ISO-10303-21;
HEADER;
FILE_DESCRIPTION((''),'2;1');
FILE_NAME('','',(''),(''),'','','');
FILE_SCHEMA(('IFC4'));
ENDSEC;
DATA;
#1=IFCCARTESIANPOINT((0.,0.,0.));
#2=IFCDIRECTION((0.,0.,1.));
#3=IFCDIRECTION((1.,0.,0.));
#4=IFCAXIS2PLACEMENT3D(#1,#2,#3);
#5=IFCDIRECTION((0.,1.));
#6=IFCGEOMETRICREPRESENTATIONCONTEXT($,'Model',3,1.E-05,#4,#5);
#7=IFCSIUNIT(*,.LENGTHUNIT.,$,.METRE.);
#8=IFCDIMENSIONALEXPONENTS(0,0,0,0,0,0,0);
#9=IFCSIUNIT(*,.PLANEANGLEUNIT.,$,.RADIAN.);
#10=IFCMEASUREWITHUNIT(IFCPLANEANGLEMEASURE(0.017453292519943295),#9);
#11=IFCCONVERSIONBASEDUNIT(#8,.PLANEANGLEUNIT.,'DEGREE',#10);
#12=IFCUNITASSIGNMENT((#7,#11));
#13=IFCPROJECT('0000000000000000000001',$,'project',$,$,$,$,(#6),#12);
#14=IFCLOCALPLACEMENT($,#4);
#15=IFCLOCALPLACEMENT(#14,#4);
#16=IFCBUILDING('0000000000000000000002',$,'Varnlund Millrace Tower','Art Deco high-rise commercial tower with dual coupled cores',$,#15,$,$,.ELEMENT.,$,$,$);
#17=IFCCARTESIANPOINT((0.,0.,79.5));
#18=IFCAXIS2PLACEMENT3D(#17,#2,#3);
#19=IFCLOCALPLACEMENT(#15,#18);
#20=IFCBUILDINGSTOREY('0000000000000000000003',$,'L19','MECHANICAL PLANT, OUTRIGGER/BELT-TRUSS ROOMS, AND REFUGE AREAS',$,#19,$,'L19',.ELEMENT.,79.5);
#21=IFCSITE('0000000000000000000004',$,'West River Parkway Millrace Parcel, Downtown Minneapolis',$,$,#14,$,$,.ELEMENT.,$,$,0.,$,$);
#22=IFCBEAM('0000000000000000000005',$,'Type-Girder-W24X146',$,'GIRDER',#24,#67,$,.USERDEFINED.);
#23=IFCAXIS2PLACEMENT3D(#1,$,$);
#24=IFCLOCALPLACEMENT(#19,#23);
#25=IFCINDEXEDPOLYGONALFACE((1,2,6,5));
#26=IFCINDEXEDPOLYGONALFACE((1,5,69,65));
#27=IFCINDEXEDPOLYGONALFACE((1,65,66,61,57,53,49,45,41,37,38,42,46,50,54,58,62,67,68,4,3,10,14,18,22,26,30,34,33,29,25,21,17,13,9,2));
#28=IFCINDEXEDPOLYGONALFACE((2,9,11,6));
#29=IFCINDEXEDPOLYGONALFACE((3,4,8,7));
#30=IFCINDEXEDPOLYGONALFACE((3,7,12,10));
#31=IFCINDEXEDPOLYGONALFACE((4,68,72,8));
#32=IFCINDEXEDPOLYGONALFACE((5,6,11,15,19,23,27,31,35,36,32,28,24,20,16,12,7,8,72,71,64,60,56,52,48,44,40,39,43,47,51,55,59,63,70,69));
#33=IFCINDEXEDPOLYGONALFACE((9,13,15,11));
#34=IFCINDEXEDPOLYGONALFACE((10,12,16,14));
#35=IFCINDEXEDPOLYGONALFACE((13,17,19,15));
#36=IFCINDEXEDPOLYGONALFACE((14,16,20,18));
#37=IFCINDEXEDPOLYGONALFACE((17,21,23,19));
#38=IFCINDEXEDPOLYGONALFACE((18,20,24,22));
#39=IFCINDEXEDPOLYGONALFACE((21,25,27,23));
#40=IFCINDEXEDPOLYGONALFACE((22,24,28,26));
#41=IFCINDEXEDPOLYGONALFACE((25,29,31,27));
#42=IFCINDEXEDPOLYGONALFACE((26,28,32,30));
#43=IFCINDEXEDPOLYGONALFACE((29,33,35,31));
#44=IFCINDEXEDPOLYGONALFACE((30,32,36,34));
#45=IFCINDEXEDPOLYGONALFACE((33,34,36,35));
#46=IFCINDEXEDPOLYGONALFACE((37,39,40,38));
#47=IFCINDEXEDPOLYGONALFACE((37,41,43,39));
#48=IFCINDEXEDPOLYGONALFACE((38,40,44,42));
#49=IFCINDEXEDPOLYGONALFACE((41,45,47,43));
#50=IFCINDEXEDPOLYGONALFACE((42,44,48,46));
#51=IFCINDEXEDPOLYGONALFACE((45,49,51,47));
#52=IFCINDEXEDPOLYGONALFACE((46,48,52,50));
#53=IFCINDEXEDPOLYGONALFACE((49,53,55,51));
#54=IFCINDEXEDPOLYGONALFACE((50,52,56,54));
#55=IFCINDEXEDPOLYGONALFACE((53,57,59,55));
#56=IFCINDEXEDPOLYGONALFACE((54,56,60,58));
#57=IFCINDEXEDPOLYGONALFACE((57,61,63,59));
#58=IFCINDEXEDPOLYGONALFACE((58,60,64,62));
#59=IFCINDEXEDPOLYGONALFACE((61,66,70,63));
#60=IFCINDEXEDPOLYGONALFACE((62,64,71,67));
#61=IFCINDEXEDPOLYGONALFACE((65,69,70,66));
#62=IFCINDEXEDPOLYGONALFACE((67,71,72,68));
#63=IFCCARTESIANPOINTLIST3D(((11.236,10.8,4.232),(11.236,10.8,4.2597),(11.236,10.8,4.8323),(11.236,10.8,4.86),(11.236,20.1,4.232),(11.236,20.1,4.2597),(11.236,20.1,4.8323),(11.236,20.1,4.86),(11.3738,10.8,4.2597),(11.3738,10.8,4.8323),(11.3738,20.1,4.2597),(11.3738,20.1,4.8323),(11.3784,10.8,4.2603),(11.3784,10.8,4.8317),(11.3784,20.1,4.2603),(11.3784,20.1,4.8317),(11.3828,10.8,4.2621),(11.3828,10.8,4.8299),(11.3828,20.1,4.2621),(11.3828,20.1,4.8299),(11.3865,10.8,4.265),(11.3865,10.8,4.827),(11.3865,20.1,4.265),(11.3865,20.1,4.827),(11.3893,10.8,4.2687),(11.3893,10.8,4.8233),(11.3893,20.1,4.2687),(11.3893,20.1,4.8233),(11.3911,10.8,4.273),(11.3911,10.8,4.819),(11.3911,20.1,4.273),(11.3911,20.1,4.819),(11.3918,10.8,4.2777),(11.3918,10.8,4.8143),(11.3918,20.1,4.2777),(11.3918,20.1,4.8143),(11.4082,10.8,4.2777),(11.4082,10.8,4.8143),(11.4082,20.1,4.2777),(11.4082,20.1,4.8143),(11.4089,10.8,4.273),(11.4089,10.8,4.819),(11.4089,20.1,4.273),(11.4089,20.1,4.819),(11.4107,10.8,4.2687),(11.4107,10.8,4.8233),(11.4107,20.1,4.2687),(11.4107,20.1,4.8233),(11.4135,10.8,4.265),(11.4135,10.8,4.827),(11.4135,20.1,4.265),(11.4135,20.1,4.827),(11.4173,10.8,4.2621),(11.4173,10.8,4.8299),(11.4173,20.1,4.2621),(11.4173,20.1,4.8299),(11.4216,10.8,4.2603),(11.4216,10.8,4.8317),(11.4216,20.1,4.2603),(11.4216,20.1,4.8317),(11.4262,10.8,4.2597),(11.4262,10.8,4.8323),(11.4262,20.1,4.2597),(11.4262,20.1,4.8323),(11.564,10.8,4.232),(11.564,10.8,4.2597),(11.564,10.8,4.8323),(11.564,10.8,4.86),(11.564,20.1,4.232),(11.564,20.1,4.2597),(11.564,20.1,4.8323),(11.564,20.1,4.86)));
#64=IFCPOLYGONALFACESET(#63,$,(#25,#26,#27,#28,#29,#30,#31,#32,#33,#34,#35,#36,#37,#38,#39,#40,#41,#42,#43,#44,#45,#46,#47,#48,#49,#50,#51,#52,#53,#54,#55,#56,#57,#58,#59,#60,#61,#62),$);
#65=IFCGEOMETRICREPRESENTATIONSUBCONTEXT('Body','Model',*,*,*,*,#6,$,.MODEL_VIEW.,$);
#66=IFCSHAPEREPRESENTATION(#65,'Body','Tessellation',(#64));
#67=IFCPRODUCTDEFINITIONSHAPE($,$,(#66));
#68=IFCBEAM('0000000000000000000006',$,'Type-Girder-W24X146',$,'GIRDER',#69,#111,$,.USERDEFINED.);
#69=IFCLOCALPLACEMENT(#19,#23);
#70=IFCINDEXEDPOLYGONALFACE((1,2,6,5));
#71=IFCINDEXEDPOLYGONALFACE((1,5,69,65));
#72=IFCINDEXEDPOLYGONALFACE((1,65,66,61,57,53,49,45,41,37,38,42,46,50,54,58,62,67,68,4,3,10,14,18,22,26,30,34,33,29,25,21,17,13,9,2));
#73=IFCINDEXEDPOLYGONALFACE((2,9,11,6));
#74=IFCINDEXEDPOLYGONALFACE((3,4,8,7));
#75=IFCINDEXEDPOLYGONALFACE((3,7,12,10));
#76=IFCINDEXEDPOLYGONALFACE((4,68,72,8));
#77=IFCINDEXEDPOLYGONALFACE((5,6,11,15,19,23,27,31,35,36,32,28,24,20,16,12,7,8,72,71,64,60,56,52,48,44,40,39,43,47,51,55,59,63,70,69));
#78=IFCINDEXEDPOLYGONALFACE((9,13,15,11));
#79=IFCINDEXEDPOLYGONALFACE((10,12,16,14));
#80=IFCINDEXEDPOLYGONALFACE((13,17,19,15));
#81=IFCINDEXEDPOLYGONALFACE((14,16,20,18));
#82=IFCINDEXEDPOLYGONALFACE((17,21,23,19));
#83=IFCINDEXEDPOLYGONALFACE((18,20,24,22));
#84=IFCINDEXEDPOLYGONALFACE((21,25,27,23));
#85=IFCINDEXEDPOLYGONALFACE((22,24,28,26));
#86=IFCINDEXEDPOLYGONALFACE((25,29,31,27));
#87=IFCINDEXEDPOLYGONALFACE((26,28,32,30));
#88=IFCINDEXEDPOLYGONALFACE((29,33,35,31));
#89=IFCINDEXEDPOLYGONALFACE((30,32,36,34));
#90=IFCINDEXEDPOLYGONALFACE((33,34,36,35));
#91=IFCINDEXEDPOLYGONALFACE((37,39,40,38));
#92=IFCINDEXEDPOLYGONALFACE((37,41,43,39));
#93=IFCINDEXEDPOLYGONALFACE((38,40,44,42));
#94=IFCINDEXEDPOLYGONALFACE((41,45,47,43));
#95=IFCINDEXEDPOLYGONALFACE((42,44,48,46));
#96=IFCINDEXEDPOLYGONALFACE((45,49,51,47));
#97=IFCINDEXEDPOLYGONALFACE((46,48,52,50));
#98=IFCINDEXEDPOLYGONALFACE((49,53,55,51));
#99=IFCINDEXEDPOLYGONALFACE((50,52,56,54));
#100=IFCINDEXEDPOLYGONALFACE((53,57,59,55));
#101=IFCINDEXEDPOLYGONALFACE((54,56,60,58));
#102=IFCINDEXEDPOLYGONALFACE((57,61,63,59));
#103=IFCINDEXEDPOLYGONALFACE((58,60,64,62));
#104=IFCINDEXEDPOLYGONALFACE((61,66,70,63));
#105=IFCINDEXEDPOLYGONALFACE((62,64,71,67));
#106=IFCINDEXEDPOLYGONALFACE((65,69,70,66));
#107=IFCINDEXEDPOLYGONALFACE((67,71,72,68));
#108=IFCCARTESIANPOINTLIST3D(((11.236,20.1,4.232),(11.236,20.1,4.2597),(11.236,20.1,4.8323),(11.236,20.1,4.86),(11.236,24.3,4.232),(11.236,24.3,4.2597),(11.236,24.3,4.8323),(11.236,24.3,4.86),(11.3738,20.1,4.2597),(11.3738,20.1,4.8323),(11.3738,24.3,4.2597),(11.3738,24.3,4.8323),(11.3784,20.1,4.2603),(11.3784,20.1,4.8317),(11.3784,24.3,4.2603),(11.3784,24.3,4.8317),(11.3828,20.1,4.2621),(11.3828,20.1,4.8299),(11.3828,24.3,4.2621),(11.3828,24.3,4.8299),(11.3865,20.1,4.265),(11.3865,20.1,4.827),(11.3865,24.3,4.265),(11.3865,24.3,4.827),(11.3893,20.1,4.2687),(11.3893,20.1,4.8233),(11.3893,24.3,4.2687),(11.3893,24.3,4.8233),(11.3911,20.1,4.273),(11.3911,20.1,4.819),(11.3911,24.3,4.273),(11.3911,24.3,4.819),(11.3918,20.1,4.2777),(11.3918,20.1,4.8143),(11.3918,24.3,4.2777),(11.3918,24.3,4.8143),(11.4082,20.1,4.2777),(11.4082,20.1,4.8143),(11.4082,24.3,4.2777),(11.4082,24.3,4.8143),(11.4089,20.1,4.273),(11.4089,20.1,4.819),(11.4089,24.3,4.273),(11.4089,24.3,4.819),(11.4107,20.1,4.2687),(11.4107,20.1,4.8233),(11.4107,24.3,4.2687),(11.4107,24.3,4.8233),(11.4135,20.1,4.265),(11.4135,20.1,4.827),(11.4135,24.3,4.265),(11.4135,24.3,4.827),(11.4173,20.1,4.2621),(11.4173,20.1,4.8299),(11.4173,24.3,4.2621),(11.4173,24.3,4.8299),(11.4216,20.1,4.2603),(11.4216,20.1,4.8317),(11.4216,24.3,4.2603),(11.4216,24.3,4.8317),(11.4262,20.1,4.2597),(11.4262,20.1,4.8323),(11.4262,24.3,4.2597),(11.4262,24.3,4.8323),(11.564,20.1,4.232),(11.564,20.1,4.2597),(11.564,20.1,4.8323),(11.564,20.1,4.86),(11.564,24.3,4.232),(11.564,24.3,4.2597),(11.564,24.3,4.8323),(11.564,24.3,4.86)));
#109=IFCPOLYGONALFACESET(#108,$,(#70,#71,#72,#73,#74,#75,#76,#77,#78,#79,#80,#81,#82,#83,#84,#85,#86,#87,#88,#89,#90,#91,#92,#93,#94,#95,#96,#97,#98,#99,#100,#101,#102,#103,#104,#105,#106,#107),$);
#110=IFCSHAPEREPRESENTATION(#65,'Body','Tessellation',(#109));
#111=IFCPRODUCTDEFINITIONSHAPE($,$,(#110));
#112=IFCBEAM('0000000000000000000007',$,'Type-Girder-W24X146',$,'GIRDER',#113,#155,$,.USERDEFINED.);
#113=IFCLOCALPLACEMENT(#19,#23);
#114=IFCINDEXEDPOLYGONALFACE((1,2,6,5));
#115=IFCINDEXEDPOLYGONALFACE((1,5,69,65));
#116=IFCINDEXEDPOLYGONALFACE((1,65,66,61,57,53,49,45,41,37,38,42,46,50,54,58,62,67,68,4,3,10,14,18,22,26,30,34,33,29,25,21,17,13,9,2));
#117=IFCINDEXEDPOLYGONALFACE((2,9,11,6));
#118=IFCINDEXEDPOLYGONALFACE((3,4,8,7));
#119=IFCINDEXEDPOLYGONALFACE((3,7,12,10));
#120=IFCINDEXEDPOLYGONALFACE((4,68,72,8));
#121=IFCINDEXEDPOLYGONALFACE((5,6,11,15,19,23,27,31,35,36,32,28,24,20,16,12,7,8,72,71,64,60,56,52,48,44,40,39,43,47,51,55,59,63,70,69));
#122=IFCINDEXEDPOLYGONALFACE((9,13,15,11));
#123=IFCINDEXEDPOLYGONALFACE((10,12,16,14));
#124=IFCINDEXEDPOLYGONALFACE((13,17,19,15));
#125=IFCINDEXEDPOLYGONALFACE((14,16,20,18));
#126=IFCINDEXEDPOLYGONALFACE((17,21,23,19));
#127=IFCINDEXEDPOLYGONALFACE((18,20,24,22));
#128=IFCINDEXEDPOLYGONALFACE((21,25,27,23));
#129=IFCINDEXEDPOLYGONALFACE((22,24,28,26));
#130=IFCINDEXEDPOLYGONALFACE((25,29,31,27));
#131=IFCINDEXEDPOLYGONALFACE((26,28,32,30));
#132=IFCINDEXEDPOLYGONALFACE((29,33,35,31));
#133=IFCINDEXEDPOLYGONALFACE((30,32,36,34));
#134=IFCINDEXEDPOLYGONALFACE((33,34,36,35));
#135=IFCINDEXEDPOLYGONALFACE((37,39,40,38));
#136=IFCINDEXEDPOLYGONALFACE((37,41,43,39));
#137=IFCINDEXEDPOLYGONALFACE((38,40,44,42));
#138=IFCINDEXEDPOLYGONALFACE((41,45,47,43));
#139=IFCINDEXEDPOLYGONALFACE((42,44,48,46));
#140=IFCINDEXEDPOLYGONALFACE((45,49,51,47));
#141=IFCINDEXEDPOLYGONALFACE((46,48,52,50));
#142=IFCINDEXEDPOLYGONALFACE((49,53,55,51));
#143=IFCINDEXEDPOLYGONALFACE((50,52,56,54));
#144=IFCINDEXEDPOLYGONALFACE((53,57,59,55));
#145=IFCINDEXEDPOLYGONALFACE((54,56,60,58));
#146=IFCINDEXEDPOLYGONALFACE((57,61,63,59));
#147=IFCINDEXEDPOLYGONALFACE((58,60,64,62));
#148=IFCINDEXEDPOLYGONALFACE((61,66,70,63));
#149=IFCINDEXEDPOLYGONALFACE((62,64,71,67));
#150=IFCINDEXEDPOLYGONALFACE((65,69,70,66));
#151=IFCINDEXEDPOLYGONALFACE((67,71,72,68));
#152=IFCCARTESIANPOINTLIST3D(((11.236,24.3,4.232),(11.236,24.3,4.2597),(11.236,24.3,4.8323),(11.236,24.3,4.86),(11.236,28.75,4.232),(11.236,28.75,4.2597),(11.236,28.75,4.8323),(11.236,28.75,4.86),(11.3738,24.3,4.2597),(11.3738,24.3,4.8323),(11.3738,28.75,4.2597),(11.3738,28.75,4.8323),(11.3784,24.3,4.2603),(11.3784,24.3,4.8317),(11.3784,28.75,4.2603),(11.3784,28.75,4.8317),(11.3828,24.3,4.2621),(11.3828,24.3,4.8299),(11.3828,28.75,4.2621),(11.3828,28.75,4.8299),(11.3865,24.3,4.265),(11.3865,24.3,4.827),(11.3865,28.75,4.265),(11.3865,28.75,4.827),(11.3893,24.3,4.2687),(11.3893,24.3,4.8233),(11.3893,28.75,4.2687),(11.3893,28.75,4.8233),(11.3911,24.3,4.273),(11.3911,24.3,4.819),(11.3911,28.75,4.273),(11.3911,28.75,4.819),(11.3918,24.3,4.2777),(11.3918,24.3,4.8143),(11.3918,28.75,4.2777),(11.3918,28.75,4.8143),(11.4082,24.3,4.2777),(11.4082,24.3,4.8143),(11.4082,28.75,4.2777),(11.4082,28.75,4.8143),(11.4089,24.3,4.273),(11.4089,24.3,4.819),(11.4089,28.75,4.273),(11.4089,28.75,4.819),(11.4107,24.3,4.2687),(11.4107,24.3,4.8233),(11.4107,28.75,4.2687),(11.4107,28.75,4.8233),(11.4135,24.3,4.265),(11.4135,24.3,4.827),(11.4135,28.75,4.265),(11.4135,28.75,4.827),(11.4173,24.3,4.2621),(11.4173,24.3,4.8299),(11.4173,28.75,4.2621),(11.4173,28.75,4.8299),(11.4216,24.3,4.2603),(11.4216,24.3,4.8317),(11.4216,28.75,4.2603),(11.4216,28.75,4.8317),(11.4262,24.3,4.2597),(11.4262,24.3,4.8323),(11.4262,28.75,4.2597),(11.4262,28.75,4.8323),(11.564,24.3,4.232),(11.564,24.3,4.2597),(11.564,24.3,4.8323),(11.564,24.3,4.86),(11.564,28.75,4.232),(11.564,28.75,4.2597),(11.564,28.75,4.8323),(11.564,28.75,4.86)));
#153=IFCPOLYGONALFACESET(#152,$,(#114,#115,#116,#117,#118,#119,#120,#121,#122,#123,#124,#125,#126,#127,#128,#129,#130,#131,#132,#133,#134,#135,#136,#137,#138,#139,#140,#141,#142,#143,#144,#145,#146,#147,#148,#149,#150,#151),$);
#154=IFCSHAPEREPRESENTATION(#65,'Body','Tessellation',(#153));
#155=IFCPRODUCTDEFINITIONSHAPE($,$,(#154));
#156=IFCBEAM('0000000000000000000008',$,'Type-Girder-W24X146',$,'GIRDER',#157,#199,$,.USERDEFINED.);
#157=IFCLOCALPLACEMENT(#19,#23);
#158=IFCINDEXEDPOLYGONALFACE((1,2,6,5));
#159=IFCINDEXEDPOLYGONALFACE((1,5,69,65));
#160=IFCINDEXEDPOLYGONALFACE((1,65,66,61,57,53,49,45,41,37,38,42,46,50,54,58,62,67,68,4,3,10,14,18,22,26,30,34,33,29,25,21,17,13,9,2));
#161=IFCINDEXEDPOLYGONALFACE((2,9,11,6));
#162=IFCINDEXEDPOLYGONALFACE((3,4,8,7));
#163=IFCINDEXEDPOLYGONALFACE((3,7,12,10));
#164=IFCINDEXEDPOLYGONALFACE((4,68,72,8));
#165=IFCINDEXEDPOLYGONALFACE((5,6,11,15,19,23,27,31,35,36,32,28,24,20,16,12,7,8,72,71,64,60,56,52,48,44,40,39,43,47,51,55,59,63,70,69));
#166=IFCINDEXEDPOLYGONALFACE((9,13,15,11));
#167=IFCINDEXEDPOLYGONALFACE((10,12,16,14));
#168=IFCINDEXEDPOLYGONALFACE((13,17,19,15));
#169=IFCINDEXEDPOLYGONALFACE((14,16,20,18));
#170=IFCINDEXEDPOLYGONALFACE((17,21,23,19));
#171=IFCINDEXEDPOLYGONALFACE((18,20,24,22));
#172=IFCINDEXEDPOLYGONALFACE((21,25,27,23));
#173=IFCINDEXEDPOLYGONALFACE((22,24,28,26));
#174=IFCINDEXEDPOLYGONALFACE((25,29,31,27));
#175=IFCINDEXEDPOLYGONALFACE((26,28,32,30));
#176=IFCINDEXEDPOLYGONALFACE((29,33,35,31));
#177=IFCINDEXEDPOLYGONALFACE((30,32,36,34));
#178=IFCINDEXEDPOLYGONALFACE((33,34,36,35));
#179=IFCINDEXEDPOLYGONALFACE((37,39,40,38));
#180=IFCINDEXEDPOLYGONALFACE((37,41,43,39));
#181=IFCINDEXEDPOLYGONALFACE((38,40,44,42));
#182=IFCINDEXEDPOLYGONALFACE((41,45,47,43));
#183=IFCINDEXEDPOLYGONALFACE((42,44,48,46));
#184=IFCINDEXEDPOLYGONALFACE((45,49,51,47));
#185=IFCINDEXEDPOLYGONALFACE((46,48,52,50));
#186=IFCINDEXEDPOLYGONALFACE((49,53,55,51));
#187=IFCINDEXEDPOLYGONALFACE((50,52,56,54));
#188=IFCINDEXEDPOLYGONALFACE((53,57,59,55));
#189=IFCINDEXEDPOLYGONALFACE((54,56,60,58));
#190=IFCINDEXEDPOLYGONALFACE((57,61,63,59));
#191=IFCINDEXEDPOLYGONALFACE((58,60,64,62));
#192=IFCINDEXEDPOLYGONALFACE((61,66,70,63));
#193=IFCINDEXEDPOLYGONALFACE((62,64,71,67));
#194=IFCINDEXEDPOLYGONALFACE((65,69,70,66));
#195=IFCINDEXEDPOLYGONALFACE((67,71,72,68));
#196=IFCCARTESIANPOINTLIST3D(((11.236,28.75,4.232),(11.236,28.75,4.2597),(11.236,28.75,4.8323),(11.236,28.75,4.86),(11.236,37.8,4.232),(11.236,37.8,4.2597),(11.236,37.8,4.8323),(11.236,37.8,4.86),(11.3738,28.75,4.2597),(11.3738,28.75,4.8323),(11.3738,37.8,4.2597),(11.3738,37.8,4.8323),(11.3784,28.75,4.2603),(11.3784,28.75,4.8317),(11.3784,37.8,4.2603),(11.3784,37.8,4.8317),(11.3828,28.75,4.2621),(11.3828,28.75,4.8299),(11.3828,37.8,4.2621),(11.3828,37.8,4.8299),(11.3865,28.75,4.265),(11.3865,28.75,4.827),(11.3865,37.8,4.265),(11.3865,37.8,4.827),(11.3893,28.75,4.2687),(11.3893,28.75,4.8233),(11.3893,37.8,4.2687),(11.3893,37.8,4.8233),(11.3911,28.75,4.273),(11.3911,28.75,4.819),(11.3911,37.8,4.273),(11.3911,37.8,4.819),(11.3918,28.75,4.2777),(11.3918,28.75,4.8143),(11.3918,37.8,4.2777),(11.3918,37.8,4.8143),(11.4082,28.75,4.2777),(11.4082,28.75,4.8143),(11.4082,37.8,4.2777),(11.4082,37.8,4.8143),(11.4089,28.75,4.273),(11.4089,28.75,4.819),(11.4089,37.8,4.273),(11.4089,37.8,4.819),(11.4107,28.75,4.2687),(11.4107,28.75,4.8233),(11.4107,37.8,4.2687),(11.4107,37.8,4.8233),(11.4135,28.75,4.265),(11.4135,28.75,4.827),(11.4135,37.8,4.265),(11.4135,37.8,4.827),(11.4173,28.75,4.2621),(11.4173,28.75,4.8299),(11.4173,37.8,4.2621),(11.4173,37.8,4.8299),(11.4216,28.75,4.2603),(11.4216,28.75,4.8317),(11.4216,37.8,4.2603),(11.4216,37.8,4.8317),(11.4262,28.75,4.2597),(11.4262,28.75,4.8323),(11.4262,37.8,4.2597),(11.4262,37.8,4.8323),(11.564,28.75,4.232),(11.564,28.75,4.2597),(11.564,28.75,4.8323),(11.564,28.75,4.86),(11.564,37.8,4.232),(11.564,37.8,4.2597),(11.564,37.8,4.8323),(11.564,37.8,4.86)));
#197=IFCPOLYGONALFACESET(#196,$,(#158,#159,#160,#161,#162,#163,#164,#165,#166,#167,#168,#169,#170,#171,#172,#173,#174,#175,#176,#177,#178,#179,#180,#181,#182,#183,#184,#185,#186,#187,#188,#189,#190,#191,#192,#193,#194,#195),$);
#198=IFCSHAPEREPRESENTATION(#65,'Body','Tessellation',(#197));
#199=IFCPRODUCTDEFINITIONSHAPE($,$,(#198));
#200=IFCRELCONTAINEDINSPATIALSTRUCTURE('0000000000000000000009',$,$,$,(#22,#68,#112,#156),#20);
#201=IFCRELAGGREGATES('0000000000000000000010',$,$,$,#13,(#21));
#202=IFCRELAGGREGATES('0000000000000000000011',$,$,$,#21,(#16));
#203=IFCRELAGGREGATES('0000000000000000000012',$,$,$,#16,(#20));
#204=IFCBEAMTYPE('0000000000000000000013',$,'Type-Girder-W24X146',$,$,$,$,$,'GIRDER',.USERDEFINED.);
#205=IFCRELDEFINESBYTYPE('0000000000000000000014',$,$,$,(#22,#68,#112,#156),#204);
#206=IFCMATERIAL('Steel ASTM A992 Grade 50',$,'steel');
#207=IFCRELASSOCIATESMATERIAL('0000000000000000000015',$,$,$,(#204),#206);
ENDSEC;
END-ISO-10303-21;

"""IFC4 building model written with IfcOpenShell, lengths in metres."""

from ifc_helpers import new_model, entity, si_unit, converted_unit, direction, frame, origin_with_axes, origin_2d_with_axis, place, context, subcontext, project, spatial, i_section, extrude, material, material_profile, profile_set, type_object, element, save


model = new_model("IFC4")

# Units and contexts
model_context = context("Model", 3, precision=1e-05, world=origin_with_axes(), true_north=direction((0.0, 1.0)))
body_context = subcontext(model_context, "Body", "Model", "MODEL_VIEW")
ifc_project = project(units=[si_unit("LENGTHUNIT", "METRE"), converted_unit("PLANEANGLEUNIT", "DEGREE", entity("IfcPlaneAngleMeasure", 0.017453292519943295), si_unit("PLANEANGLEUNIT", "RADIAN"), dimensions=[0, 0, 0, 0, 0, 0, 0])], contexts=[model_context])

# Site, building, storey
site_placement = place(None, origin_with_axes())
site = spatial("IfcSite", under=ifc_project, at=site_placement, Name="West River Parkway Millrace Parcel, Downtown Minneapolis", CompositionType="ELEMENT", RefElevation=0.0)
building_placement = place(site_placement, origin_with_axes())
building = spatial("IfcBuilding", under=site, at=building_placement, Name="Varnlund Millrace Tower", Description="Art Deco high-rise commercial tower with dual coupled cores", CompositionType="ELEMENT")
storey_placement = place(building_placement, frame((0.0, 0.0, 79.5), z_axis=(0.0, 0.0, 1.0), x_axis=(1.0, 0.0, 0.0)))
storey = spatial("IfcBuildingStorey", under=building, at=storey_placement, Name="L19", Description="MECHANICAL PLANT, OUTRIGGER/BELT-TRUSS ROOMS, AND REFUGE AREAS", LongName="L19", CompositionType="ELEMENT", Elevation=79.5)

# Beams
ifc_material_1 = material(Name="Steel ASTM A992 Grade 50", Category="steel")
ifc_material_profile_1 = material_profile(ifc_material_1, i_section(OverallWidth=0.328, OverallDepth=0.628, WebThickness=0.0165, FlangeThickness=0.0277, FilletRadius=0.018, at=origin_2d_with_axis()), Name="Steel ASTM A992 Grade 50")
ifc_profile_set_1 = profile_set([ifc_material_profile_1], Name="Steel ASTM A992 Grade 50")
beam_type_1 = type_object("IfcBeamType", Name="Type-Girder-W24X146", ElementType="GIRDER", PredefinedType="USERDEFINED", material=ifc_profile_set_1)
beam_1_placement = place(storey_placement, frame((11.4, 10.8, 4.546), z_axis=(0.0, 1.0, 0.0), x_axis=(-1.0, 0.0, 0.0)))
element("IfcBeam", 1, at=beam_1_placement, inside=storey, type_object=beam_type_1, Name="Type-Girder-W24X146", ObjectType="GIRDER", PredefinedType="USERDEFINED", context=body_context, shape_type="SweptSolid", body=[
    extrude(i_section(OverallWidth=0.328, OverallDepth=0.628, WebThickness=0.0165, FlangeThickness=0.0277, FilletRadius=0.018, at=origin_2d_with_axis()), origin_with_axes(), (0.0, 0.0, 1.0), 9.3),
])
beam_2_placement = place(storey_placement, frame((11.4, 20.1, 4.546), z_axis=(0.0, 1.0, 0.0), x_axis=(-1.0, 0.0, 0.0)))
element("IfcBeam", 2, at=beam_2_placement, inside=storey, type_object=beam_type_1, Name="Type-Girder-W24X146", ObjectType="GIRDER", PredefinedType="USERDEFINED", context=body_context, shape_type="SweptSolid", body=[
    extrude(i_section(OverallWidth=0.328, OverallDepth=0.628, WebThickness=0.0165, FlangeThickness=0.0277, FilletRadius=0.018, at=origin_2d_with_axis()), origin_with_axes(), (0.0, 0.0, 1.0), 4.2),
])
beam_3_placement = place(storey_placement, frame((11.4, 24.3, 4.546), z_axis=(0.0, 1.0, 0.0), x_axis=(-1.0, 0.0, 0.0)))
element("IfcBeam", 3, at=beam_3_placement, inside=storey, type_object=beam_type_1, Name="Type-Girder-W24X146", ObjectType="GIRDER", PredefinedType="USERDEFINED", context=body_context, shape_type="SweptSolid", body=[
    extrude(i_section(OverallWidth=0.328, OverallDepth=0.628, WebThickness=0.0165, FlangeThickness=0.0277, FilletRadius=0.018, at=origin_2d_with_axis()), origin_with_axes(), (0.0, 0.0, 1.0), 4.45),
])
beam_4_placement = place(storey_placement, frame((11.4, 28.75, 4.546), z_axis=(0.0, 1.0, 0.0), x_axis=(-1.0, 0.0, 0.0)))
element("IfcBeam", 4, at=beam_4_placement, inside=storey, type_object=beam_type_1, Name="Type-Girder-W24X146", ObjectType="GIRDER", PredefinedType="USERDEFINED", context=body_context, shape_type="SweptSolid", body=[
    extrude(i_section(OverallWidth=0.328, OverallDepth=0.628, WebThickness=0.0165, FlangeThickness=0.0277, FilletRadius=0.018, at=origin_2d_with_axis()), origin_with_axes(), (0.0, 0.0, 1.0), 9.05),
])

save(model, "model.ifc")
